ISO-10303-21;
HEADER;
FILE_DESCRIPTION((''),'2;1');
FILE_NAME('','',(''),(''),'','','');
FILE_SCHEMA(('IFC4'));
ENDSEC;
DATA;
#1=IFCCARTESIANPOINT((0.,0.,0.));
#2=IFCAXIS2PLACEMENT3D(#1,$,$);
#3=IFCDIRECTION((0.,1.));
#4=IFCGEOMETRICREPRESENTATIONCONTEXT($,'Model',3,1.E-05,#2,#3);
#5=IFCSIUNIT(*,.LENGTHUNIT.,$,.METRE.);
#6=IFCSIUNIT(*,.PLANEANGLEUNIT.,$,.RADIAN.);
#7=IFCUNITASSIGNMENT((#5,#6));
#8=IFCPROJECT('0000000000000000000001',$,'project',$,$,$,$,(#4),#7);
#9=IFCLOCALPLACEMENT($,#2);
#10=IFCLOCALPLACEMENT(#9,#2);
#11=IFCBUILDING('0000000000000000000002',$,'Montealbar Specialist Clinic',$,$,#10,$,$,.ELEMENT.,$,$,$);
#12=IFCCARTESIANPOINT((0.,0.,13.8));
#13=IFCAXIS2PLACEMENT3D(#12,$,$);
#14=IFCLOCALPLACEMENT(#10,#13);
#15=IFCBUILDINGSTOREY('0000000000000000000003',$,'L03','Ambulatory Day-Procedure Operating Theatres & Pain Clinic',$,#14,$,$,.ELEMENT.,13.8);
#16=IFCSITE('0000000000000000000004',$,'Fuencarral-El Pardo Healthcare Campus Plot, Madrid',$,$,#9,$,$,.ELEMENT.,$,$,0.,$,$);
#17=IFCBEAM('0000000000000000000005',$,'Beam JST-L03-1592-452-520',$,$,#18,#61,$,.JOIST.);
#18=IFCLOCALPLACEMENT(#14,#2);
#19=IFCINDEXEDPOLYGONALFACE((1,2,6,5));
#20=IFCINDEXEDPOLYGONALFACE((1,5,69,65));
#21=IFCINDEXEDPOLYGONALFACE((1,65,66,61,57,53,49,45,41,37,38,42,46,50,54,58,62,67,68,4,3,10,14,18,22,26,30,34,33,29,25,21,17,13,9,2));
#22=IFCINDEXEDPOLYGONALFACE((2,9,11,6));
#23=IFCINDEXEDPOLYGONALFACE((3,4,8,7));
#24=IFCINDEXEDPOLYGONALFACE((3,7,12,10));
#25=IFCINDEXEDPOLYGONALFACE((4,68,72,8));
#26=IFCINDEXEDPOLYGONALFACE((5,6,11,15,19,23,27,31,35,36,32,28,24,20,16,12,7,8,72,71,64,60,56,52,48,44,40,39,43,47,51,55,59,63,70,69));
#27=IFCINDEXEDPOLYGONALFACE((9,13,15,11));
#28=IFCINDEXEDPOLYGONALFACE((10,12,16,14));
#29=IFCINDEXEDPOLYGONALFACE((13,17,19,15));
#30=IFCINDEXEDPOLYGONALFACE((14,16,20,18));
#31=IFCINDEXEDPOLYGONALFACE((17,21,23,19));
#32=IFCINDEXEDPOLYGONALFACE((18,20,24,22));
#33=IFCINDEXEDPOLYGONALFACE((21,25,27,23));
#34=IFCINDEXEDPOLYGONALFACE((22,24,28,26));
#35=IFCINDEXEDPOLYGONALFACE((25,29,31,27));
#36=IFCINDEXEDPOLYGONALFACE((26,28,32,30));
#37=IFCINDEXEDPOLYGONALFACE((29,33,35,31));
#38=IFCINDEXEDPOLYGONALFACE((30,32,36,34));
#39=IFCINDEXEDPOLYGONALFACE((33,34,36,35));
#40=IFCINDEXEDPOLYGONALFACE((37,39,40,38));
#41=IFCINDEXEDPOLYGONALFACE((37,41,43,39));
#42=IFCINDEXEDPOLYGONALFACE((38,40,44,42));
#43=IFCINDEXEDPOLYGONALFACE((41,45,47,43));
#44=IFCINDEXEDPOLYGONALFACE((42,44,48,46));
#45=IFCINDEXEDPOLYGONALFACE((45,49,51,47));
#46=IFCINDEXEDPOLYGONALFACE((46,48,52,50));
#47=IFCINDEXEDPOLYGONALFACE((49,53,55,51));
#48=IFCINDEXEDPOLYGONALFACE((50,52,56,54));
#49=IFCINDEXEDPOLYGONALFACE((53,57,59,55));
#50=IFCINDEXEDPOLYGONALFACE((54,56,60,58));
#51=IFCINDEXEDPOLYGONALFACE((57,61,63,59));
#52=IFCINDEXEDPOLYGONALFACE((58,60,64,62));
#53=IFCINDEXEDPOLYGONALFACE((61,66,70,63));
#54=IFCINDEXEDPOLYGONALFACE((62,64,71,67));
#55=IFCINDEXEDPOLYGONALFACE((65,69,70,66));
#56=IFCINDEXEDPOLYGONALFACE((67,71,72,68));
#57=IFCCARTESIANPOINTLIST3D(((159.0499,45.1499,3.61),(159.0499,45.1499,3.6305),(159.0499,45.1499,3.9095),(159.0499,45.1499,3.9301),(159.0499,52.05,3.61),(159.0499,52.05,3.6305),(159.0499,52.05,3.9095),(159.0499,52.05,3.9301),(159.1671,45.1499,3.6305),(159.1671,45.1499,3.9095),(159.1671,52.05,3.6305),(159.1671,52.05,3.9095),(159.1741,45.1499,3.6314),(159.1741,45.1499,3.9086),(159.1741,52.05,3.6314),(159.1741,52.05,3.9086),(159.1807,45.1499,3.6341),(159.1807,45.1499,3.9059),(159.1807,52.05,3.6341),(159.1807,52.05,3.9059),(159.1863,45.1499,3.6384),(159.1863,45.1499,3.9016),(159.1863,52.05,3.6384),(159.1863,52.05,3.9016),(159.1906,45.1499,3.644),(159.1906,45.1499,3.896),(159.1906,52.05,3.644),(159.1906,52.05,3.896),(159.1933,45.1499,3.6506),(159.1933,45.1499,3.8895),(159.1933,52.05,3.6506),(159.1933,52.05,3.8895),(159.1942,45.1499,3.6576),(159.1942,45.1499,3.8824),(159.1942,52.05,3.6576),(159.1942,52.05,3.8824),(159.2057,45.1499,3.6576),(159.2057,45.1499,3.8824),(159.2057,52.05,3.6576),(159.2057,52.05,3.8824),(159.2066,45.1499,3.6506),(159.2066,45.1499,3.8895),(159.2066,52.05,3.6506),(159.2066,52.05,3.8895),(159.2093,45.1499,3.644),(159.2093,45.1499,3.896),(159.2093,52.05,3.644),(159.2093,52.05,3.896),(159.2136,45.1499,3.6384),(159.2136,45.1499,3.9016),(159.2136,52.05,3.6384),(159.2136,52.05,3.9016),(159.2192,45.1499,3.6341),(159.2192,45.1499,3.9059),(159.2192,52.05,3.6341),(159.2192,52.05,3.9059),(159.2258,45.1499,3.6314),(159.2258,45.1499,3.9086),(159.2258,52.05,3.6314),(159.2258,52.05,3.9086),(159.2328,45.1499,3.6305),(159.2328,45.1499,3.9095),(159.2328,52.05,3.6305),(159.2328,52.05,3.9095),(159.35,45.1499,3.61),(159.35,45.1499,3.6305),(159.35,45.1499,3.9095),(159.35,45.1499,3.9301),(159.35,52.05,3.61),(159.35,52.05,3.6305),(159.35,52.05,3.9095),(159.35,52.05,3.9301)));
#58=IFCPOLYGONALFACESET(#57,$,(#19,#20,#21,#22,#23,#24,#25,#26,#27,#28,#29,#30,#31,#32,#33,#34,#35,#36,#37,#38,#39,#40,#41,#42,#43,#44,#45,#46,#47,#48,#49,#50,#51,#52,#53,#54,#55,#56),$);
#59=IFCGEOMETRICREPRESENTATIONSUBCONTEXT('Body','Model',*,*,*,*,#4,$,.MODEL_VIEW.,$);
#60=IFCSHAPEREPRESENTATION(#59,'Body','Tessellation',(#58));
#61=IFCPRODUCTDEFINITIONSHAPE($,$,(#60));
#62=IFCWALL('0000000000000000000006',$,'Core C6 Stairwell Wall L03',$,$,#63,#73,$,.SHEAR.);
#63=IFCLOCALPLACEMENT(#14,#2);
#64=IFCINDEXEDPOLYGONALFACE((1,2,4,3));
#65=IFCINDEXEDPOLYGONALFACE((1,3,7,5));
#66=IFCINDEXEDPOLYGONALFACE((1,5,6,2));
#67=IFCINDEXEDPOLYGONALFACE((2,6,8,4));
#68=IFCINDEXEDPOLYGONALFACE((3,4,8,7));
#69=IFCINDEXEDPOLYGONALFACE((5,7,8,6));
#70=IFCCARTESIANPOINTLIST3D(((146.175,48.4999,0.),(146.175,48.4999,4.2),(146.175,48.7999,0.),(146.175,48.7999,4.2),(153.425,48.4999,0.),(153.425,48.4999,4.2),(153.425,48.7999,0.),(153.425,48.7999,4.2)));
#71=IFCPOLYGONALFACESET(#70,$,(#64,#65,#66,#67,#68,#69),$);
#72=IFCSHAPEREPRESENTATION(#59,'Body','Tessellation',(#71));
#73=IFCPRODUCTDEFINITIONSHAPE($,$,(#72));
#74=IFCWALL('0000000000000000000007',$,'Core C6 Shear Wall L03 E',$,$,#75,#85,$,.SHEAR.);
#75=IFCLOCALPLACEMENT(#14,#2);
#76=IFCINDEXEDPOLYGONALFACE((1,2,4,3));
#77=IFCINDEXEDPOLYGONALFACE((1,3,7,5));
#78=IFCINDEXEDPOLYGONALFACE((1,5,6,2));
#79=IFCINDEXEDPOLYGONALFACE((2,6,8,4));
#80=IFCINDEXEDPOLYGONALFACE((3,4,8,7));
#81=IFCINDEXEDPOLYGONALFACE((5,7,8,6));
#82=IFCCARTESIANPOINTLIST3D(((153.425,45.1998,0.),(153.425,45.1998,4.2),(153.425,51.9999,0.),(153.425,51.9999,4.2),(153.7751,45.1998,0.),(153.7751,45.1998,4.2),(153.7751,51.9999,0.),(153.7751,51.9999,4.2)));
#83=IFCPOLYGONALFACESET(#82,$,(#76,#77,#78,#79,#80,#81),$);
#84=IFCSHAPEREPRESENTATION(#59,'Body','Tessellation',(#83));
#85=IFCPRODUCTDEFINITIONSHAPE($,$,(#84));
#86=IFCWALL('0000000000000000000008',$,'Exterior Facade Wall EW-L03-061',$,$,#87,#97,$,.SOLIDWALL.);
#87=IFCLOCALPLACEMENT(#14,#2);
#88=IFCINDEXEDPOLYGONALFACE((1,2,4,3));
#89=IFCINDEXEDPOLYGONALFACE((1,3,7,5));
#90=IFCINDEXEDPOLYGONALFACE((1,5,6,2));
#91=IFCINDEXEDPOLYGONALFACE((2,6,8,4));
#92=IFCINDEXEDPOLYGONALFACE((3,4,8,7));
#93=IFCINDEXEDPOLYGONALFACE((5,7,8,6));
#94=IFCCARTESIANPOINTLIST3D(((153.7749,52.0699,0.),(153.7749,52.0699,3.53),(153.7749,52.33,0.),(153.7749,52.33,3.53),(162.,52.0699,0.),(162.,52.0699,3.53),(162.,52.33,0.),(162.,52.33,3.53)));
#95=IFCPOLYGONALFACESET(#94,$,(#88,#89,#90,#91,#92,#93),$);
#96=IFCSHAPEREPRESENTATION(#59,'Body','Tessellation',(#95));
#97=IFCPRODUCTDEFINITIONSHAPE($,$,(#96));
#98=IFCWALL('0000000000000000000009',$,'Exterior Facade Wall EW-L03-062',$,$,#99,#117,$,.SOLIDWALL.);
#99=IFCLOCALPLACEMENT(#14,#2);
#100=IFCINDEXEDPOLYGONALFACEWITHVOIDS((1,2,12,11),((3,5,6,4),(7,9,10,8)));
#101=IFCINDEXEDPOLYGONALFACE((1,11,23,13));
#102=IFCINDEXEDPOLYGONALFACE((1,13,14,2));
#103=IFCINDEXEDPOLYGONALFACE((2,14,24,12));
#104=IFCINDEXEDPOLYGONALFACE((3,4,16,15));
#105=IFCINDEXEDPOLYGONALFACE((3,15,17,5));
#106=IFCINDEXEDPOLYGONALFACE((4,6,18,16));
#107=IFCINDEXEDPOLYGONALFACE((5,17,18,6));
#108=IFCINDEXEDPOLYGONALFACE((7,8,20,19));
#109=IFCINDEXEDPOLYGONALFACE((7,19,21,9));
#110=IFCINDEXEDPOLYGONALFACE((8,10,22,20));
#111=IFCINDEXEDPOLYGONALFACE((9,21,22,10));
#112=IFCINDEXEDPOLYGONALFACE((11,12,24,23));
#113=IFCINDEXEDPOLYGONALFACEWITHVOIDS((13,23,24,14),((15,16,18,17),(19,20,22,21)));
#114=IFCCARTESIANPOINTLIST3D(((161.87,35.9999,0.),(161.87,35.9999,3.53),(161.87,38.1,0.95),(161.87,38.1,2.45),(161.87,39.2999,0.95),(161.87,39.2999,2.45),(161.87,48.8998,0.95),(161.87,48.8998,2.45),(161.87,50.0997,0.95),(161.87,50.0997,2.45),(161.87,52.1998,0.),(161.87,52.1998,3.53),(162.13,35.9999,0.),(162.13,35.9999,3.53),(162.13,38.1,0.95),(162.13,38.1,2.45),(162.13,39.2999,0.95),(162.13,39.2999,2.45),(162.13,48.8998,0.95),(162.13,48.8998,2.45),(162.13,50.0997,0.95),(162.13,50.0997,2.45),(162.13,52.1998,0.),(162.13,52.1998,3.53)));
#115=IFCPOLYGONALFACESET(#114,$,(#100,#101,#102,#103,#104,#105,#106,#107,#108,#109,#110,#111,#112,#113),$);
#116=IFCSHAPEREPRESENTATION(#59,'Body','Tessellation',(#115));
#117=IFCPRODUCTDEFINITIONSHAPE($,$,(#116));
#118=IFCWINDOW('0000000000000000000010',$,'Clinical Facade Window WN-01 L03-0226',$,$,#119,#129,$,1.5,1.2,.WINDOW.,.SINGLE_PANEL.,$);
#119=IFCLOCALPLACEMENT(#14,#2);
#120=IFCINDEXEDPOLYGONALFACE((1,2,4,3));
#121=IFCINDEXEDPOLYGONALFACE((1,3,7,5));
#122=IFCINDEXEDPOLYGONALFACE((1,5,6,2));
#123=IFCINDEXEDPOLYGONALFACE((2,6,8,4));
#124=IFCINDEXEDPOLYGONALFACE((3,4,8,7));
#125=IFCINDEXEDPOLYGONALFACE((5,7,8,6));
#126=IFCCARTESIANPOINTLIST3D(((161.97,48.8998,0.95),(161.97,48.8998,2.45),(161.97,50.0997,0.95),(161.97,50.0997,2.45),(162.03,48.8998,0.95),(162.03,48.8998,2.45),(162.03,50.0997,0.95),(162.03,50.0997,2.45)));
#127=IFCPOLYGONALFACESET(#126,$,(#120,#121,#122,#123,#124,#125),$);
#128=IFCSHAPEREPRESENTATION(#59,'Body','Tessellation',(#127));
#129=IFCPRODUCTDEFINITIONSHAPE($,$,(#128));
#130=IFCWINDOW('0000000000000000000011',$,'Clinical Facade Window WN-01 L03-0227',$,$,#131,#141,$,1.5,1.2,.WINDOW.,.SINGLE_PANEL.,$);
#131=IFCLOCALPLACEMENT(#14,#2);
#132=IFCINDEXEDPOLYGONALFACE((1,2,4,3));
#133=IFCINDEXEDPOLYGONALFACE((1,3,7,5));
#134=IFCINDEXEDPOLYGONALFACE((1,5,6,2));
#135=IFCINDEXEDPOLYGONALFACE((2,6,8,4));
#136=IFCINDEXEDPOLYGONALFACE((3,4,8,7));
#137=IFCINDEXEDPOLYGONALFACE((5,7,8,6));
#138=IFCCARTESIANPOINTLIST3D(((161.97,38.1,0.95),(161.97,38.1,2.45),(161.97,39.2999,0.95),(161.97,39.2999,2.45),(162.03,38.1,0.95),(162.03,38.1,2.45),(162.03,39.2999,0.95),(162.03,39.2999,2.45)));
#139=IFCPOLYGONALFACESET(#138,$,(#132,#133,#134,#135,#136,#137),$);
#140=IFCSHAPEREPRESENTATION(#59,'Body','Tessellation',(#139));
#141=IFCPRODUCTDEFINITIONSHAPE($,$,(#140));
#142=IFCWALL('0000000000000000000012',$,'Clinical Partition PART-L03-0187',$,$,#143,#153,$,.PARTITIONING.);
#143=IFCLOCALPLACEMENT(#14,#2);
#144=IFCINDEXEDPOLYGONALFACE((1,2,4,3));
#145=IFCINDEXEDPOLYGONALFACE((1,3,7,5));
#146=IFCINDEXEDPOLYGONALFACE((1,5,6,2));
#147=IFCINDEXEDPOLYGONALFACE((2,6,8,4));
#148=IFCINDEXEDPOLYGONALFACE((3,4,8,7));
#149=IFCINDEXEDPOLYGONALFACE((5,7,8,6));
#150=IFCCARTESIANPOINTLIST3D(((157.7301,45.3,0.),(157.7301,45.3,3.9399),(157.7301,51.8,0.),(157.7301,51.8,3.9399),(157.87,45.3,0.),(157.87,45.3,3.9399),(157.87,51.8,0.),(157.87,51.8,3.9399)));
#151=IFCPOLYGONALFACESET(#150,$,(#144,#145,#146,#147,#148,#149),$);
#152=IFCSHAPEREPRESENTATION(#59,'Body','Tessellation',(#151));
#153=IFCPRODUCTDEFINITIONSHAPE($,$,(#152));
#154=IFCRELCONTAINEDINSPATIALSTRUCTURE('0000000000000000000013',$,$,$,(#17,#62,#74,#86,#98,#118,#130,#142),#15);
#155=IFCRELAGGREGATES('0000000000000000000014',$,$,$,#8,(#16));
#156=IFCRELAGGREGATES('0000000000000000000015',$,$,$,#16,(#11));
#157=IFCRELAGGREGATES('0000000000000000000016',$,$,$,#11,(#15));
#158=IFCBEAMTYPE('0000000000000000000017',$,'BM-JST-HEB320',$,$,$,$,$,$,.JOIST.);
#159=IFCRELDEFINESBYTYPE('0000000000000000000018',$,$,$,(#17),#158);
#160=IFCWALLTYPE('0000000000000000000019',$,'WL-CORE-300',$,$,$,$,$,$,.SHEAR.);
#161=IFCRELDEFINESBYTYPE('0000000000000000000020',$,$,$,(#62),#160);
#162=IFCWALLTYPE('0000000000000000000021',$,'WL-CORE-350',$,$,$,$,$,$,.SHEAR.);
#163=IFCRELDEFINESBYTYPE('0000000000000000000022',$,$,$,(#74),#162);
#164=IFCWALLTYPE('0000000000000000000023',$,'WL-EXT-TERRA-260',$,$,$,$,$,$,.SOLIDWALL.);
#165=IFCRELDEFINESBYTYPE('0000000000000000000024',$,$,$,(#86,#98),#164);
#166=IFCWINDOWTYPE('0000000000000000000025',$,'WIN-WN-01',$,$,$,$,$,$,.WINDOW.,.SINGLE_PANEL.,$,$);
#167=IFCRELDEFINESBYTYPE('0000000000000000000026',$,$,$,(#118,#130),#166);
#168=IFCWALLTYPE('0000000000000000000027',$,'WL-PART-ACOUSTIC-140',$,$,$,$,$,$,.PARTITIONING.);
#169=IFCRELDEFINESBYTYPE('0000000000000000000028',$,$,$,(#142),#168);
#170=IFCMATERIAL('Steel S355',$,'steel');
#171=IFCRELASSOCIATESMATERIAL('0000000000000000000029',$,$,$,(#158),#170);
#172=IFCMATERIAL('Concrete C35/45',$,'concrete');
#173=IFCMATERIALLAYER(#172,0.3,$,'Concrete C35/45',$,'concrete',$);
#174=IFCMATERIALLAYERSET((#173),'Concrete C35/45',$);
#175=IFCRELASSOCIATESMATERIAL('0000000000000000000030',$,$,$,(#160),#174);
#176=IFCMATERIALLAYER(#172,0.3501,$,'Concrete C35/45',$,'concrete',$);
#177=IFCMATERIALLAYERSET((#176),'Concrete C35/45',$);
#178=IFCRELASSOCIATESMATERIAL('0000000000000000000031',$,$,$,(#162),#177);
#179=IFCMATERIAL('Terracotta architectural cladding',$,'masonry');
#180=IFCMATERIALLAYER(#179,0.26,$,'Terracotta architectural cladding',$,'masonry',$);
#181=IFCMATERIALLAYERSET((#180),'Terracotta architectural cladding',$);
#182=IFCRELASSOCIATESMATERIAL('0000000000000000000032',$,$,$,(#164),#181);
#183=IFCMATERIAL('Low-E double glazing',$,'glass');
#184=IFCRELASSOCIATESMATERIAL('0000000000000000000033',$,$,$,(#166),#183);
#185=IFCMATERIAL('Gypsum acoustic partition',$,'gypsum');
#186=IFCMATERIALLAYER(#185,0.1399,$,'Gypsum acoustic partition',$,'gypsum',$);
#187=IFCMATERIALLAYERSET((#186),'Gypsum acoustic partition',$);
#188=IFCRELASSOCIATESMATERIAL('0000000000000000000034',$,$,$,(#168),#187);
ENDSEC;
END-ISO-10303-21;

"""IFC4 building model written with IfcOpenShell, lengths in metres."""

from ifc_helpers import new_model, si_unit, direction, frame, frame_2d, origin, origin_2d, place, context, subcontext, project, spatial, rectangle, i_section, extrude, material, layer, layer_set, material_profile, profile_set, type_object, element, fill, save


model = new_model("IFC4")

# Units and contexts
model_context = context("Model", 3, precision=1e-05, world=origin(), true_north=direction((0.0, 1.0)))
body_context = subcontext(model_context, "Body", "Model", "MODEL_VIEW")
ifc_project = project(units=[si_unit("LENGTHUNIT", "METRE"), si_unit("PLANEANGLEUNIT", "RADIAN")], contexts=[model_context])

# Site, building, storey
site_placement = place(None, origin())
site = spatial("IfcSite", under=ifc_project, at=site_placement, Name="Fuencarral-El Pardo Healthcare Campus Plot, Madrid", CompositionType="ELEMENT", RefElevation=0.0)
building_placement = place(site_placement, origin())
building = spatial("IfcBuilding", under=site, at=building_placement, Name="Montealbar Specialist Clinic", CompositionType="ELEMENT")
storey_placement = place(building_placement, frame((0.0, 0.0, 13.8)))
storey = spatial("IfcBuildingStorey", under=building, at=storey_placement, Name="L03", Description="Ambulatory Day-Procedure Operating Theatres & Pain Clinic", CompositionType="ELEMENT", Elevation=13.8)

# Shared definitions
ifc_material_1 = material(Name="Steel S355", Category="steel")

# Beam
ifc_material_profile_1 = material_profile(ifc_material_1, i_section(OverallWidth=0.3, OverallDepth=0.3201, WebThickness=0.0115, FlangeThickness=0.0205, FilletRadius=0.0271, at=origin_2d()), Name="HEB 320", Category="steel")
ifc_profile_set_1 = profile_set([ifc_material_profile_1], Name="Steel S355")
beam_type_1 = type_object("IfcBeamType", Name="BM-JST-HEB320", PredefinedType="JOIST", material=ifc_profile_set_1)
beam_1_placement = place(storey_placement, frame((159.2, 45.1499, 3.77), z_axis=(0.0, 1.0, 0.0), x_axis=(-1.0, 0.0, 0.0)))
element("IfcBeam", 1, at=beam_1_placement, inside=storey, type_object=beam_type_1, Name="Beam JST-L03-1592-452-520", PredefinedType="JOIST", context=body_context, shape_type="SweptSolid", body=[
    extrude(i_section(OverallWidth=0.3, OverallDepth=0.3201, WebThickness=0.0115, FlangeThickness=0.0205, FilletRadius=0.0271, at=origin_2d()), origin(), (0.0, 0.0, 1.0), 6.9001),
])

# Wall
ifc_material_2 = material(Name="Concrete C35/45", Category="concrete")
ifc_layer_1 = layer(ifc_material_2, 0.3, Name="Concrete C35/45", Category="concrete")
ifc_layer_set_1 = layer_set([ifc_layer_1], Name="Concrete C35/45")
wall_type_1 = type_object("IfcWallType", Name="WL-CORE-300", PredefinedType="SHEAR", material=ifc_layer_set_1)
wall_1_placement = place(storey_placement, frame((146.175, 48.6499, 0.0), z_axis=(0.0, 0.0, 1.0), x_axis=(1.0, 0.0, 0.0)))
element("IfcWall", 2, at=wall_1_placement, inside=storey, type_object=wall_type_1, Name="Core C6 Stairwell Wall L03", PredefinedType="SHEAR", context=body_context, shape_type="SweptSolid", body=[
    extrude(rectangle(XDim=7.25, YDim=0.3, at=frame_2d((3.625, 0.0))), origin(), (0.0, 0.0, 1.0), 4.2),
])

# Walls
ifc_layer_2 = layer(ifc_material_2, 0.3501, Name="Concrete C35/45", Category="concrete")
ifc_layer_set_2 = layer_set([ifc_layer_2], Name="Concrete C35/45")
wall_type_2 = type_object("IfcWallType", Name="WL-CORE-350", PredefinedType="SHEAR", material=ifc_layer_set_2)
wall_2_placement = place(storey_placement, frame((153.6001, 45.2, 0.0), z_axis=(0.0, 0.0, 1.0), x_axis=(0.0, 1.0, 0.0)))
element("IfcWall", 3, at=wall_2_placement, inside=storey, type_object=wall_type_2, Name="Core C6 Shear Wall L03 E", PredefinedType="SHEAR", context=body_context, shape_type="SweptSolid", body=[
    extrude(rectangle(XDim=6.8, YDim=0.3501, at=frame_2d((3.3999, 0.0))), origin(), (0.0, 0.0, 1.0), 4.2),
])
ifc_material_3 = material(Name="Terracotta architectural cladding", Category="masonry")
ifc_layer_3 = layer(ifc_material_3, 0.26, Name="Terracotta architectural cladding", Category="masonry")
ifc_layer_set_3 = layer_set([ifc_layer_3], Name="Terracotta architectural cladding")
wall_type_3 = type_object("IfcWallType", Name="WL-EXT-TERRA-260", PredefinedType="SOLIDWALL", material=ifc_layer_set_3)
wall_3_placement = place(storey_placement, frame((153.7749, 52.2, 0.0), z_axis=(0.0, 0.0, 1.0), x_axis=(1.0, 0.0, 0.0)))
element("IfcWall", 4, at=wall_3_placement, inside=storey, type_object=wall_type_3, Name="Exterior Facade Wall EW-L03-061", PredefinedType="SOLIDWALL", context=body_context, shape_type="SweptSolid", body=[
    extrude(rectangle(XDim=8.2251, YDim=0.26, at=frame_2d((4.1125, 0.0))), origin(), (0.0, 0.0, 1.0), 3.53),
])

# Wall, openings, windows
wall_4_placement = place(storey_placement, frame((162.0, 52.2, 0.0), z_axis=(0.0, 0.0, 1.0), x_axis=(0.0, -1.0, 0.0)))
wall_4 = element("IfcWall", 5, at=wall_4_placement, inside=storey, type_object=wall_type_3, Name="Exterior Facade Wall EW-L03-062", PredefinedType="SOLIDWALL", context=body_context, shape_type="SweptSolid", body=[
    extrude(rectangle(XDim=16.2, YDim=0.26, at=frame_2d((8.1001, 0.0))), origin(), (0.0, 0.0, 1.0), 3.53),
])
opening_1_placement = place(wall_4_placement, frame((2.1001, 0.0, 0.95)))
opening_1 = element("IfcOpeningElement", 6, at=opening_1_placement, cuts=wall_4, PredefinedType="OPENING", context=body_context, shape_type="SweptSolid", body=[
    extrude(rectangle(XDim=1.2, YDim=1.5, at=frame_2d((0.6001, 0.75))), frame((0.0, 0.1399, 0.0), z_axis=(0.0, -1.0, 0.0), x_axis=(1.0, 0.0, 0.0)), (0.0, 0.0, 1.0), 0.28),
])
opening_2_placement = place(wall_4_placement, frame((12.8999, 0.0, 0.95)))
opening_2 = element("IfcOpeningElement", 7, at=opening_2_placement, cuts=wall_4, PredefinedType="OPENING", context=body_context, shape_type="SweptSolid", body=[
    extrude(rectangle(XDim=1.2, YDim=1.5, at=frame_2d((0.6001, 0.75))), frame((0.0, 0.1399, 0.0), z_axis=(0.0, -1.0, 0.0), x_axis=(1.0, 0.0, 0.0)), (0.0, 0.0, 1.0), 0.28),
])
ifc_material_4 = material(Name="Low-E double glazing", Category="glass")
window_type = type_object("IfcWindowType", Name="WIN-WN-01", PartitioningType="SINGLE_PANEL", PredefinedType="WINDOW", material=ifc_material_4)
window_1_placement = place(opening_1_placement, origin())
window_1 = element("IfcWindow", 8, at=window_1_placement, inside=storey, type_object=window_type, Name="Clinical Facade Window WN-01 L03-0226", OverallHeight=1.5, OverallWidth=1.2, PartitioningType="SINGLE_PANEL", PredefinedType="WINDOW", context=body_context, shape_type="SweptSolid", body=[
    extrude(rectangle(XDim=1.2, YDim=1.5, at=frame_2d((0.6001, 0.75))), frame((0.0, 0.03, 0.0), z_axis=(0.0, -1.0, 0.0), x_axis=(1.0, 0.0, 0.0)), (0.0, 0.0, 1.0), 0.0601),
])
fill(opening_1, window_1)
window_2_placement = place(opening_2_placement, origin())
window_2 = element("IfcWindow", 9, at=window_2_placement, inside=storey, type_object=window_type, Name="Clinical Facade Window WN-01 L03-0227", OverallHeight=1.5, OverallWidth=1.2, PartitioningType="SINGLE_PANEL", PredefinedType="WINDOW", context=body_context, shape_type="SweptSolid", body=[
    extrude(rectangle(XDim=1.2, YDim=1.5, at=frame_2d((0.6001, 0.75))), frame((0.0, 0.03, 0.0), z_axis=(0.0, -1.0, 0.0), x_axis=(1.0, 0.0, 0.0)), (0.0, 0.0, 1.0), 0.0601),
])
fill(opening_2, window_2)

# Wall
ifc_material_5 = material(Name="Gypsum acoustic partition", Category="gypsum")
ifc_layer_4 = layer(ifc_material_5, 0.1399, Name="Gypsum acoustic partition", Category="gypsum")
ifc_layer_set_4 = layer_set([ifc_layer_4], Name="Gypsum acoustic partition")
wall_type_4 = type_object("IfcWallType", Name="WL-PART-ACOUSTIC-140", PredefinedType="PARTITIONING", material=ifc_layer_set_4)
wall_5_placement = place(storey_placement, frame((157.8, 45.3, 0.0), z_axis=(0.0, 0.0, 1.0), x_axis=(0.0, 1.0, 0.0)))
element("IfcWall", 10, at=wall_5_placement, inside=storey, type_object=wall_type_4, Name="Clinical Partition PART-L03-0187", PredefinedType="PARTITIONING", context=body_context, shape_type="SweptSolid", body=[
    extrude(rectangle(XDim=6.5, YDim=0.1399, at=frame_2d((3.25, 0.0))), origin(), (0.0, 0.0, 1.0), 3.9399),
])

save(model, "model.ifc")
